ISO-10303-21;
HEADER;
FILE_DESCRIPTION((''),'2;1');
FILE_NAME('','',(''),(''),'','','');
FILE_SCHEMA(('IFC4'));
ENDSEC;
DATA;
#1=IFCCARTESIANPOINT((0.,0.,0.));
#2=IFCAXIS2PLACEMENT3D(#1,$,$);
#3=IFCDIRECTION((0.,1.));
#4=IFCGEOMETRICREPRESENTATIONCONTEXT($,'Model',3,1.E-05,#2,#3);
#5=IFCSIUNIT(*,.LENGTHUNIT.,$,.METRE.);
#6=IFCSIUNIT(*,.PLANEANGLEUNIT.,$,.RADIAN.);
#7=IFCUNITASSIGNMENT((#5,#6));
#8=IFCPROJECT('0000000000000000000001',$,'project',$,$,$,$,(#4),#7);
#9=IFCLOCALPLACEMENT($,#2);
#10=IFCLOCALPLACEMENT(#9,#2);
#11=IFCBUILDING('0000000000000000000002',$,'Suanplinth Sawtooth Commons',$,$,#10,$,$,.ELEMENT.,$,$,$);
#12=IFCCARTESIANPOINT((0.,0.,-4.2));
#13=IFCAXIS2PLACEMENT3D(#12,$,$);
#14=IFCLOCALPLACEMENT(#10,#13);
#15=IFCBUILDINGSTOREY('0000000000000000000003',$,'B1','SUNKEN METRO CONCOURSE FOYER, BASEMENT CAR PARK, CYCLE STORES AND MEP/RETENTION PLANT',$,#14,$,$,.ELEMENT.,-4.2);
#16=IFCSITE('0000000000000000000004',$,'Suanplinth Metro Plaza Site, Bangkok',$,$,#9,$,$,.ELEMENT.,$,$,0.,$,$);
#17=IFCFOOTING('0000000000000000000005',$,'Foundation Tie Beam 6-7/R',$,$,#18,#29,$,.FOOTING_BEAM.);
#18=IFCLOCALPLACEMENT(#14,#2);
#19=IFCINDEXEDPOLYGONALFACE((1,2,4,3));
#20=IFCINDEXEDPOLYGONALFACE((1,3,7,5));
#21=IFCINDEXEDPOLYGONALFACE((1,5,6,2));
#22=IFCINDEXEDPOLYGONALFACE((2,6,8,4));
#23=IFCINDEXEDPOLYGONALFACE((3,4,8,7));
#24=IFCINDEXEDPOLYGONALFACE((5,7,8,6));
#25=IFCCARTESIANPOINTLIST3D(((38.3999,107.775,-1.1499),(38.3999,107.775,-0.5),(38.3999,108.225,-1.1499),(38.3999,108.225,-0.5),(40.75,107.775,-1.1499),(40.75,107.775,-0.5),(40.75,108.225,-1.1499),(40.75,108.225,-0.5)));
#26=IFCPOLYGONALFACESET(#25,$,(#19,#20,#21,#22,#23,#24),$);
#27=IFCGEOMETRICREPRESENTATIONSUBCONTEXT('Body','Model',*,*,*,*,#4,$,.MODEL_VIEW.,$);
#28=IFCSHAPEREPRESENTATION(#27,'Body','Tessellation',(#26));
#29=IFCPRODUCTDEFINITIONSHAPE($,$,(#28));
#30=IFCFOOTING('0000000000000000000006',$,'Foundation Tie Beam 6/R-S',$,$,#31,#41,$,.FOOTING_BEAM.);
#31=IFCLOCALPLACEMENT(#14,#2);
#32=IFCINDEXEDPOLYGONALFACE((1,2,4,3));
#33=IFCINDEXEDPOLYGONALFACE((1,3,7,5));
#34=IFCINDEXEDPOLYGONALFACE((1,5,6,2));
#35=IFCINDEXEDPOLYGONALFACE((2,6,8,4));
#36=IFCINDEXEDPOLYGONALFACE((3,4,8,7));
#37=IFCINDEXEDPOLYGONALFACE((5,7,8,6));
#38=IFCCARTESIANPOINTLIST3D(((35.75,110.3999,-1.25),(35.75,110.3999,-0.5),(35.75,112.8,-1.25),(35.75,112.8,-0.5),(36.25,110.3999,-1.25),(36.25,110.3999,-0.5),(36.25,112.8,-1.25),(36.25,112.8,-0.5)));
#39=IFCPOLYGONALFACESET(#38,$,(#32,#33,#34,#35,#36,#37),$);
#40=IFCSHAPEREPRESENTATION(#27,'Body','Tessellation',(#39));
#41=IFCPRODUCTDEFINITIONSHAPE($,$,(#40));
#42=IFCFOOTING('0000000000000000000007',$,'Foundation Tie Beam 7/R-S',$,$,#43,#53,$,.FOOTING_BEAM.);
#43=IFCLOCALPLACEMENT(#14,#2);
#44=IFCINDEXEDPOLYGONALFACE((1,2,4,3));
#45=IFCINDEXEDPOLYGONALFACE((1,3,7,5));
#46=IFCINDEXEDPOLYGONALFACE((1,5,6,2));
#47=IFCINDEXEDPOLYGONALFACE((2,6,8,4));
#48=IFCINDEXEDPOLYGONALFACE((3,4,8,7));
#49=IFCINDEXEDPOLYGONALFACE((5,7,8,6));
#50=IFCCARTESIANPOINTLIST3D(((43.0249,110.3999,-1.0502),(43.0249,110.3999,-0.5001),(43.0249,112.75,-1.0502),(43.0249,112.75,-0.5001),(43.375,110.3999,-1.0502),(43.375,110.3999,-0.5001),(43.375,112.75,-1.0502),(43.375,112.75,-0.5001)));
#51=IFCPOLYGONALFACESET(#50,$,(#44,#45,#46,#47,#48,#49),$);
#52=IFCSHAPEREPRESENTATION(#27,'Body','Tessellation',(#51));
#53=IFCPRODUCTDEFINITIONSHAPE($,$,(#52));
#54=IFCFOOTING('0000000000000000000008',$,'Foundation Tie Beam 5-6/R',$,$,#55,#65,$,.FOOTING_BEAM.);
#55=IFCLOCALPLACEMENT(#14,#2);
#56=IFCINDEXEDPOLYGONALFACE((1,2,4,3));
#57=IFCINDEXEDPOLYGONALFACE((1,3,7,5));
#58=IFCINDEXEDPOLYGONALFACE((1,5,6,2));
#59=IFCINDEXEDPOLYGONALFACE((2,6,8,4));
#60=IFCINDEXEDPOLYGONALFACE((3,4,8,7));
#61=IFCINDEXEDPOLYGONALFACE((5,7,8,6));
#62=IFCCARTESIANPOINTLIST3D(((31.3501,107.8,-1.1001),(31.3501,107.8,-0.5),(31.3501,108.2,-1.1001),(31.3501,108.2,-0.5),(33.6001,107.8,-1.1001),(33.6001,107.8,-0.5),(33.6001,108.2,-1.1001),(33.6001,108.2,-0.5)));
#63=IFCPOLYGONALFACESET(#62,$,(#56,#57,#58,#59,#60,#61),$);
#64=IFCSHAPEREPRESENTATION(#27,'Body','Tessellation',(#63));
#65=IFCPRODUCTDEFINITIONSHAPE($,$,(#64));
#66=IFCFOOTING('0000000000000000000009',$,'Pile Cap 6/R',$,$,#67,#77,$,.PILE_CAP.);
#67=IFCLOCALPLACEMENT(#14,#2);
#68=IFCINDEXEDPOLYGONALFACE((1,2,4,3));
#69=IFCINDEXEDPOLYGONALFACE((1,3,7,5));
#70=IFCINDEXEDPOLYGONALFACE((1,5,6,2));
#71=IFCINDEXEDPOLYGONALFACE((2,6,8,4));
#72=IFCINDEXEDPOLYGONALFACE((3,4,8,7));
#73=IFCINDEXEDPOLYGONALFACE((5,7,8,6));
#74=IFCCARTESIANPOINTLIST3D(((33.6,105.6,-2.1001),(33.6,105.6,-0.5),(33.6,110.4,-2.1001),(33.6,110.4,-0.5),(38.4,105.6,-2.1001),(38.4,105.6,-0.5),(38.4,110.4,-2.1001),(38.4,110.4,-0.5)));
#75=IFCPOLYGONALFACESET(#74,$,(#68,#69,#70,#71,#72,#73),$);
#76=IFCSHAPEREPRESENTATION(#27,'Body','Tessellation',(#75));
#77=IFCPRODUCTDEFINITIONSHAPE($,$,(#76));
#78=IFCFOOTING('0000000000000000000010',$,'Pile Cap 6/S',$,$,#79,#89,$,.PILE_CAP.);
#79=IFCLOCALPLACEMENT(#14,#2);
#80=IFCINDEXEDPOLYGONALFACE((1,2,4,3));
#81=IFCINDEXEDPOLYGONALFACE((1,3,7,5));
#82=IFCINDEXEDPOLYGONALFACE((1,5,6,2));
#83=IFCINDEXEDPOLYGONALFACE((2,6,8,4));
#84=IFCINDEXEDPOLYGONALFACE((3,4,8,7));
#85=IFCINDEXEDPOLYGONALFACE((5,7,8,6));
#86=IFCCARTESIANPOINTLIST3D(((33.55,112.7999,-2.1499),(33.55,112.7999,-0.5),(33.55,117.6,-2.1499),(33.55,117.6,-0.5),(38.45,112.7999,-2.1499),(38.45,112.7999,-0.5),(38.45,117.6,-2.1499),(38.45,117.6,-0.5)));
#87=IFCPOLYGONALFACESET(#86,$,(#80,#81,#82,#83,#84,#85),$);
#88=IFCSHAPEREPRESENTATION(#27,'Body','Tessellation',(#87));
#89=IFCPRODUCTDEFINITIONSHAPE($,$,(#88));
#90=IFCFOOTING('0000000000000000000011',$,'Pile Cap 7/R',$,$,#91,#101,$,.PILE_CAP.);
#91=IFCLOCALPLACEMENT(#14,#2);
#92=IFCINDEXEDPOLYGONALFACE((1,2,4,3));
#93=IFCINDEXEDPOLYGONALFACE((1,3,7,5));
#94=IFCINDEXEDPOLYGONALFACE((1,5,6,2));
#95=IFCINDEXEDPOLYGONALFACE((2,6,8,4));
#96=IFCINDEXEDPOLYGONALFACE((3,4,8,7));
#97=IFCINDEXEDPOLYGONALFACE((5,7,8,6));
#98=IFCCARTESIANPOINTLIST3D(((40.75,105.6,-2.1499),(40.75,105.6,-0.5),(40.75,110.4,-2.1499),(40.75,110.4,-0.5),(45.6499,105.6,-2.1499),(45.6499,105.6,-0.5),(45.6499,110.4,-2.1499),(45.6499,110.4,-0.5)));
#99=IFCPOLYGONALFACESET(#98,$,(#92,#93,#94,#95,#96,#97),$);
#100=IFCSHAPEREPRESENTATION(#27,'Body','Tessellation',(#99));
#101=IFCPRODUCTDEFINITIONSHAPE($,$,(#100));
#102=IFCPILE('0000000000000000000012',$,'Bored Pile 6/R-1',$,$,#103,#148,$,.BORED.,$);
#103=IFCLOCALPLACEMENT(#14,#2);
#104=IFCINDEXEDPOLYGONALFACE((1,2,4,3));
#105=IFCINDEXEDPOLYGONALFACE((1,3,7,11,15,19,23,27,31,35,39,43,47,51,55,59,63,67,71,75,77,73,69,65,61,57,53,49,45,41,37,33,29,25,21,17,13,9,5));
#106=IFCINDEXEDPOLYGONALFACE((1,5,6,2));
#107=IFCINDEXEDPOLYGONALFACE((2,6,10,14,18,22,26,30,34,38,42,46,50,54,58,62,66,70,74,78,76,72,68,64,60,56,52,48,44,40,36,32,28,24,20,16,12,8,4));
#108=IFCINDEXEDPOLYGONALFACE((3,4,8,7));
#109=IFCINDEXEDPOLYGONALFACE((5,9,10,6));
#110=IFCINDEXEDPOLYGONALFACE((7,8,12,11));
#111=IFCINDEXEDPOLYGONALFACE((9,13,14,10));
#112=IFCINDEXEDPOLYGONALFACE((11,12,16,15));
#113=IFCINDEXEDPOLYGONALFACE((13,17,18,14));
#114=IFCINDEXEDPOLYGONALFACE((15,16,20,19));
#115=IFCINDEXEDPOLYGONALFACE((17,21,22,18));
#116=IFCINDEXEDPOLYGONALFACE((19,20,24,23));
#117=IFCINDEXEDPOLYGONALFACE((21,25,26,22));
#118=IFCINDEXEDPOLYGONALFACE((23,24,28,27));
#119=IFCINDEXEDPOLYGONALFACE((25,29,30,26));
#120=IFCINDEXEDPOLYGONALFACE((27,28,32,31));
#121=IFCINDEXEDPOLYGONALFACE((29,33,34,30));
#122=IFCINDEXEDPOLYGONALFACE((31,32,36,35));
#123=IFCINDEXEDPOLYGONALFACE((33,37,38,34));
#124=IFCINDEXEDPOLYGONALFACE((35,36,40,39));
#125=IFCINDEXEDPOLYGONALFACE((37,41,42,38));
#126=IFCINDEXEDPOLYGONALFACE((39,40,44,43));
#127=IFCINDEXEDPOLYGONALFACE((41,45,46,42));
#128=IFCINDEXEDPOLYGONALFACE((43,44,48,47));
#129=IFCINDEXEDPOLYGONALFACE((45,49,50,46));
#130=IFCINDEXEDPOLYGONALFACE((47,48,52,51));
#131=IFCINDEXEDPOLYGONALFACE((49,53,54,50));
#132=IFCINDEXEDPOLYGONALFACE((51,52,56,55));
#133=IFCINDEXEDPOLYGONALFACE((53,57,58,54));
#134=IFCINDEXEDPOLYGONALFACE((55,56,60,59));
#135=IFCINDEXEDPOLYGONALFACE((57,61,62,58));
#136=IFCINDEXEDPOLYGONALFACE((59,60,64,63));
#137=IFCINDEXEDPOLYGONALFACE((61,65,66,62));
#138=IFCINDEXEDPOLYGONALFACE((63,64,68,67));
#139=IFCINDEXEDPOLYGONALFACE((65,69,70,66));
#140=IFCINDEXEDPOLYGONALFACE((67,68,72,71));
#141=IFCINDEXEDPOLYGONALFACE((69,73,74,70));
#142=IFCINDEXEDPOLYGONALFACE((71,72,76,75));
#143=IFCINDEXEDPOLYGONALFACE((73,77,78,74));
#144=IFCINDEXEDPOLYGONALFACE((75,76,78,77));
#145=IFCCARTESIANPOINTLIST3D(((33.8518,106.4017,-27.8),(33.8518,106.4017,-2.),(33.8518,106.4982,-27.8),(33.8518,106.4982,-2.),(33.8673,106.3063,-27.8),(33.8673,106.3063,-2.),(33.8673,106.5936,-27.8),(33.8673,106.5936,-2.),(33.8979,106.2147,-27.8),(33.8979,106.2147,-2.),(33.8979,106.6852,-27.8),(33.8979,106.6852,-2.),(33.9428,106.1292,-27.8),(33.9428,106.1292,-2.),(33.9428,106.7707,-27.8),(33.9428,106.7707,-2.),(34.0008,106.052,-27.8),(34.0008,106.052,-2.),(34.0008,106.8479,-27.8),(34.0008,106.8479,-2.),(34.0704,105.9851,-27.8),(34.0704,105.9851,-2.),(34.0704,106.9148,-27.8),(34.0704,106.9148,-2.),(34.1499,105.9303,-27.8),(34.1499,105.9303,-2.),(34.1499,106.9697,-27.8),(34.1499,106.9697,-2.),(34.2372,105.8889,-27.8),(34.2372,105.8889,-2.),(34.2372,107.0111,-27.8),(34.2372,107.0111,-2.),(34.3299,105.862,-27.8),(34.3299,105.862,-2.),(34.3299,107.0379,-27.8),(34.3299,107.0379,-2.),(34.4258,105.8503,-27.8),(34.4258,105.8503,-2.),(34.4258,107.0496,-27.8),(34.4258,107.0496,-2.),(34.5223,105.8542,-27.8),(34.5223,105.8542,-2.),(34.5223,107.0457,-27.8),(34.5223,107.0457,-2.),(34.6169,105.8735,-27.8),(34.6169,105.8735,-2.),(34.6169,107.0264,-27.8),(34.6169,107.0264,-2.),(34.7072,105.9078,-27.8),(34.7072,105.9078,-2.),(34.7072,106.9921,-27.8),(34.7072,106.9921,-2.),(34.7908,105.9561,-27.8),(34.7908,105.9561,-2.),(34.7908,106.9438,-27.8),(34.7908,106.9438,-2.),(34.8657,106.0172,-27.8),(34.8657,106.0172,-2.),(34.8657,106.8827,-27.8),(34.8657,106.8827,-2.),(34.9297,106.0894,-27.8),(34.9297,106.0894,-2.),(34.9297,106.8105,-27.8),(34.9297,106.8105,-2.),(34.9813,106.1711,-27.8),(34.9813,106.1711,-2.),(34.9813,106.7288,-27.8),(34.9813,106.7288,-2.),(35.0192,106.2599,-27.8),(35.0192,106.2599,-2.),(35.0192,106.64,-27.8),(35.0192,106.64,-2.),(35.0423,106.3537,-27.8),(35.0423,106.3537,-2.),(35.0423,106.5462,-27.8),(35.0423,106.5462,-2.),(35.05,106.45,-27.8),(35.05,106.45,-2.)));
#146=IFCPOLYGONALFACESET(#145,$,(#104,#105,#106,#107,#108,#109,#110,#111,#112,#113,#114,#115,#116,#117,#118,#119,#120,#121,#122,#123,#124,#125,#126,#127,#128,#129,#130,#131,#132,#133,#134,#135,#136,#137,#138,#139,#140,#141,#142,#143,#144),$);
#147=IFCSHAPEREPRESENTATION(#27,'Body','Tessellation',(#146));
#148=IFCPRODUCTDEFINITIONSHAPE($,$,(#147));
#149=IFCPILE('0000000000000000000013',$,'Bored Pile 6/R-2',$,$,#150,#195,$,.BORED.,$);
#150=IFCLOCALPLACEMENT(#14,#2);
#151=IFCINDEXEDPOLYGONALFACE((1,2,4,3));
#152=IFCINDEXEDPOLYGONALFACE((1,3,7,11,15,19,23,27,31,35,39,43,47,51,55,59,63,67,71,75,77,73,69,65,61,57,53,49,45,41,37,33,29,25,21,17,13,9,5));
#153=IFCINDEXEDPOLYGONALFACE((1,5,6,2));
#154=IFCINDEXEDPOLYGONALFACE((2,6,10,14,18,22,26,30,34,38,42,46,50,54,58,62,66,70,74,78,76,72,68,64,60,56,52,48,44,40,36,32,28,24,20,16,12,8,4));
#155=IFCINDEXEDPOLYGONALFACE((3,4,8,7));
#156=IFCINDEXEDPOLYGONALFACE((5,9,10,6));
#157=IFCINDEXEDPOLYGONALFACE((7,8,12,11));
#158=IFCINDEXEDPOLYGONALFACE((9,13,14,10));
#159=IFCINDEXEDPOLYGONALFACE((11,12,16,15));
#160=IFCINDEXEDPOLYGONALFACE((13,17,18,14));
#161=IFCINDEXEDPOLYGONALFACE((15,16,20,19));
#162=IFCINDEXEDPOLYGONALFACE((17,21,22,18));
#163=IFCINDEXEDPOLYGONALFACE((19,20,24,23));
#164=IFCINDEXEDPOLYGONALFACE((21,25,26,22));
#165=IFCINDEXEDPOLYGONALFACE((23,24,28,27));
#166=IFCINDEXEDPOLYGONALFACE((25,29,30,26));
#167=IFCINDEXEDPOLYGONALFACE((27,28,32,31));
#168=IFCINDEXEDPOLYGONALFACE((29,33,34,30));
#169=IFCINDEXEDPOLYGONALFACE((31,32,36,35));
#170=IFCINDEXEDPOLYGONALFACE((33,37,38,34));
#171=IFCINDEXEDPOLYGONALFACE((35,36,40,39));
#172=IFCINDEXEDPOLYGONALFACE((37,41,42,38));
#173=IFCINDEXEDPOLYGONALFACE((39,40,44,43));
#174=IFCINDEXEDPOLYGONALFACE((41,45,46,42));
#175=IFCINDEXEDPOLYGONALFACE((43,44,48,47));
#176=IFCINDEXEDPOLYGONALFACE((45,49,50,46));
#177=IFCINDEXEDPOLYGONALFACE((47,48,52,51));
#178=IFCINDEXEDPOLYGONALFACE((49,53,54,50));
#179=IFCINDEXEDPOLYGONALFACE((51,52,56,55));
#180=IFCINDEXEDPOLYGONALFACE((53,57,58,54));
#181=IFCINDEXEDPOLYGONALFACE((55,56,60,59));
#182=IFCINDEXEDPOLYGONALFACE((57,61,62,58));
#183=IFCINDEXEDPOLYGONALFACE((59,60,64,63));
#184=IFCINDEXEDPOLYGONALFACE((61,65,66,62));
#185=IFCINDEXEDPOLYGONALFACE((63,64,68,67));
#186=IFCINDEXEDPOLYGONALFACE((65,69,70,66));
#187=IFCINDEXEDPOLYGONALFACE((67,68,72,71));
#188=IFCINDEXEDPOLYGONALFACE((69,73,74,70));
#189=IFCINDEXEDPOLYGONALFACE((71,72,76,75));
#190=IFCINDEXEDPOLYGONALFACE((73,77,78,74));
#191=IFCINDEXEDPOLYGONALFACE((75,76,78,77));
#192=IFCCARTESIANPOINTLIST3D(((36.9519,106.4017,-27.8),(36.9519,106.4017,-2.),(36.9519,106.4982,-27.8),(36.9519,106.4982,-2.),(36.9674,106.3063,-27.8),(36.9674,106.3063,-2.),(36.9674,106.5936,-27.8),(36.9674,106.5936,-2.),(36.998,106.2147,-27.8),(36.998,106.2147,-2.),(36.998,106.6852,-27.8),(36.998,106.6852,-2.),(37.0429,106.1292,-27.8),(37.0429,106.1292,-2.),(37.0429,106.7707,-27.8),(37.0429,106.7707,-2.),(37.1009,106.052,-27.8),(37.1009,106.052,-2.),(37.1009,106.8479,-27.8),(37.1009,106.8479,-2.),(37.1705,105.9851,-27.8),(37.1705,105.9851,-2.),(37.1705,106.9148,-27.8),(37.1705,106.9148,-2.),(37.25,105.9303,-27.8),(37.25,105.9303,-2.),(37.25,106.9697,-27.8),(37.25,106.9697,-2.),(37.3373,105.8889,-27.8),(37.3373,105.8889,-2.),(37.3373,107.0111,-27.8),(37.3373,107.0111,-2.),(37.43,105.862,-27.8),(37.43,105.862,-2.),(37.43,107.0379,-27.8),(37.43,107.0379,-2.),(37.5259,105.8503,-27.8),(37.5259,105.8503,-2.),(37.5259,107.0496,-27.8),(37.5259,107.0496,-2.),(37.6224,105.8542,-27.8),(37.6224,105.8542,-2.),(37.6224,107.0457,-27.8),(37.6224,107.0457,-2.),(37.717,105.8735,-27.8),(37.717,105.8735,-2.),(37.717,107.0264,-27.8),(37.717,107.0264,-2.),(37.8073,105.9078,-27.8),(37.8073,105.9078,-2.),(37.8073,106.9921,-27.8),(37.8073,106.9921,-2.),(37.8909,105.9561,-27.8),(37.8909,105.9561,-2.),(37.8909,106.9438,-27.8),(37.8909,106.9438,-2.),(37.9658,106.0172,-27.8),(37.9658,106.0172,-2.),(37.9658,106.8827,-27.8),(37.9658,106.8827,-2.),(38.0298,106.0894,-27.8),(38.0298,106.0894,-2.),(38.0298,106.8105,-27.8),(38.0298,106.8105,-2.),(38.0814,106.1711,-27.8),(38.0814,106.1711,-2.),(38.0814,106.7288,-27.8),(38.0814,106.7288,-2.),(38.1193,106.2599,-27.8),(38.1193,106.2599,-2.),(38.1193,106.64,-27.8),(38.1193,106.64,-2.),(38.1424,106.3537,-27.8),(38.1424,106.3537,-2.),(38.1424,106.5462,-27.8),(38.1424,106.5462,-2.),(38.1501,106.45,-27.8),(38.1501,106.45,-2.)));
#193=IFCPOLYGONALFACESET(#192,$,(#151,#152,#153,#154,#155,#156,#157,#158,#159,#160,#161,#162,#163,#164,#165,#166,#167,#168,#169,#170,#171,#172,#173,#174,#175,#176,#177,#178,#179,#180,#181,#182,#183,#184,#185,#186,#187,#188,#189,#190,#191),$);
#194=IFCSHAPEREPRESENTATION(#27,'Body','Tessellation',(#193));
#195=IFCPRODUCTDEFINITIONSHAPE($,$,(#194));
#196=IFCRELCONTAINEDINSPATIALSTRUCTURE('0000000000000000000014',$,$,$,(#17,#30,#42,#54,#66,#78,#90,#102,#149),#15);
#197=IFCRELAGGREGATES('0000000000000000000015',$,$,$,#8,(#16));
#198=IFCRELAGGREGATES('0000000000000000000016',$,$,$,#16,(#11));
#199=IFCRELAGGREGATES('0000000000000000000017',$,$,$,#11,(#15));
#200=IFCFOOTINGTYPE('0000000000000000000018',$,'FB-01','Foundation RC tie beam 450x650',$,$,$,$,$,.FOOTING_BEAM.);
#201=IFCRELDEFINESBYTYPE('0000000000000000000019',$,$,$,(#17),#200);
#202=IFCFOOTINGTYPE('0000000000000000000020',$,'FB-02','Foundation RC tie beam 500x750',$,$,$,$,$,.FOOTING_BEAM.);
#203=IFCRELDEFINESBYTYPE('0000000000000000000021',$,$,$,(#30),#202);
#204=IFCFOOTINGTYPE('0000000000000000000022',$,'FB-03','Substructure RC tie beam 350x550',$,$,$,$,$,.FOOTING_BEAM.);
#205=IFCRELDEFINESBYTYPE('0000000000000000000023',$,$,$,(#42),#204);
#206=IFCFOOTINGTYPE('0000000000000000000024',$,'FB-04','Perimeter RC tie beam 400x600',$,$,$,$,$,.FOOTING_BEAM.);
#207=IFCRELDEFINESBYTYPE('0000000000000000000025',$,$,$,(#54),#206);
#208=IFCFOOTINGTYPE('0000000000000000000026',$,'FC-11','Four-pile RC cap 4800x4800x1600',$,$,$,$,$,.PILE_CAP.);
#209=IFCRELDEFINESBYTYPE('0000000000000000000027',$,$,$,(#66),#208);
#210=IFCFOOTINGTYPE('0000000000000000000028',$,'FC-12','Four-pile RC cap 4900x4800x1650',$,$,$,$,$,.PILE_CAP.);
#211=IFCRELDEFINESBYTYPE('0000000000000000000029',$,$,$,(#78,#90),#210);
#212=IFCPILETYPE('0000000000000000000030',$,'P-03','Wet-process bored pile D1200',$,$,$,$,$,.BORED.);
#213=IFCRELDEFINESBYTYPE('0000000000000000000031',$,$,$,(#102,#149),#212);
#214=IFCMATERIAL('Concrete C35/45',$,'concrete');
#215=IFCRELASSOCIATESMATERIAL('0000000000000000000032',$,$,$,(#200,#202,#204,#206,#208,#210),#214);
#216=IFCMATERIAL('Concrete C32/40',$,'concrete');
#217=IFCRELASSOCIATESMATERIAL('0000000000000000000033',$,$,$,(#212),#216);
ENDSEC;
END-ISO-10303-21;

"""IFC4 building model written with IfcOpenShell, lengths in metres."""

from ifc_helpers import new_model, si_unit, direction, frame, origin, origin_2d, place, context, subcontext, project, spatial, rectangle, circle, extrude, material, material_profile, profile_set, type_object, element, save


model = new_model("IFC4")

# Units and contexts
model_context = context("Model", 3, precision=1e-05, world=origin(), true_north=direction((0.0, 1.0)))
body_context = subcontext(model_context, "Body", "Model", "MODEL_VIEW")
ifc_project = project(units=[si_unit("LENGTHUNIT", "METRE"), si_unit("PLANEANGLEUNIT", "RADIAN")], contexts=[model_context])

# Site, building, storey
site_placement = place(None, origin())
site = spatial("IfcSite", under=ifc_project, at=site_placement, Name="Suanplinth Metro Plaza Site, Bangkok", CompositionType="ELEMENT", RefElevation=0.0)
building_placement = place(site_placement, origin())
building = spatial("IfcBuilding", under=site, at=building_placement, Name="Suanplinth Sawtooth Commons", CompositionType="ELEMENT")
storey_placement = place(building_placement, frame((0.0, 0.0, -4.2)))
storey = spatial("IfcBuildingStorey", under=building, at=storey_placement, Name="B1", Description="SUNKEN METRO CONCOURSE FOYER, BASEMENT CAR PARK, CYCLE STORES AND MEP/RETENTION PLANT", CompositionType="ELEMENT", Elevation=-4.2)

# Footings
ifc_material_1 = material(Name="Concrete C35/45", Category="concrete")
ifc_material_profile_1 = material_profile(ifc_material_1, rectangle(XDim=0.45, YDim=0.6499, at=origin_2d()), Name="PC-GDR 450x650")
ifc_profile_set_1 = profile_set([ifc_material_profile_1], Name="Concrete C35/45")
footing_type_1 = type_object("IfcFootingType", Name="FB-01", Description="Foundation RC tie beam 450x650", PredefinedType="FOOTING_BEAM", material=ifc_profile_set_1)
footing_1_placement = place(storey_placement, frame((38.3999, 108.0, -0.825), z_axis=(1.0, 0.0, 0.0), x_axis=(0.0, 1.0, 0.0)))
element("IfcFooting", 1, at=footing_1_placement, inside=storey, type_object=footing_type_1, Name="Foundation Tie Beam 6-7/R", PredefinedType="FOOTING_BEAM", context=body_context, shape_type="SweptSolid", body=[
    extrude(rectangle(XDim=0.45, YDim=0.6499, at=origin_2d()), origin(), (0.0, 0.0, 1.0), 2.3501),
])
ifc_material_profile_2 = material_profile(ifc_material_1, rectangle(XDim=0.5, YDim=0.75, at=origin_2d()), Name="RC-GDR 500x750")
ifc_profile_set_2 = profile_set([ifc_material_profile_2], Name="Concrete C35/45")
footing_type_2 = type_object("IfcFootingType", Name="FB-02", Description="Foundation RC tie beam 500x750", PredefinedType="FOOTING_BEAM", material=ifc_profile_set_2)
footing_2_placement = place(storey_placement, frame((36.0, 110.3999, -0.875), z_axis=(0.0, 1.0, 0.0), x_axis=(-1.0, 0.0, 0.0)))
element("IfcFooting", 2, at=footing_2_placement, inside=storey, type_object=footing_type_2, Name="Foundation Tie Beam 6/R-S", PredefinedType="FOOTING_BEAM", context=body_context, shape_type="SweptSolid", body=[
    extrude(rectangle(XDim=0.5, YDim=0.75, at=origin_2d()), origin(), (0.0, 0.0, 1.0), 2.4001),
])
ifc_material_profile_3 = material_profile(ifc_material_1, rectangle(XDim=0.3501, YDim=0.55, at=origin_2d()), Name="PC-BM 350x550")
ifc_profile_set_3 = profile_set([ifc_material_profile_3], Name="Concrete C35/45")
footing_type_3 = type_object("IfcFootingType", Name="FB-03", Description="Substructure RC tie beam 350x550", PredefinedType="FOOTING_BEAM", material=ifc_profile_set_3)
footing_3_placement = place(storey_placement, frame((43.2, 110.3999, -0.7751), z_axis=(0.0, 1.0, 0.0), x_axis=(-1.0, 0.0, 0.0)))
element("IfcFooting", 3, at=footing_3_placement, inside=storey, type_object=footing_type_3, Name="Foundation Tie Beam 7/R-S", PredefinedType="FOOTING_BEAM", context=body_context, shape_type="SweptSolid", body=[
    extrude(rectangle(XDim=0.3501, YDim=0.55, at=origin_2d()), origin(), (0.0, 0.0, 1.0), 2.3501),
])
ifc_material_profile_4 = material_profile(ifc_material_1, rectangle(XDim=0.3999, YDim=0.6001, at=origin_2d()), Name="PC-GDR 400x600")
ifc_profile_set_4 = profile_set([ifc_material_profile_4], Name="Concrete C35/45")
footing_type_4 = type_object("IfcFootingType", Name="FB-04", Description="Perimeter RC tie beam 400x600", PredefinedType="FOOTING_BEAM", material=ifc_profile_set_4)
footing_4_placement = place(storey_placement, frame((31.3501, 108.0, -0.8), z_axis=(1.0, 0.0, 0.0), x_axis=(0.0, 1.0, 0.0)))
element("IfcFooting", 4, at=footing_4_placement, inside=storey, type_object=footing_type_4, Name="Foundation Tie Beam 5-6/R", PredefinedType="FOOTING_BEAM", context=body_context, shape_type="SweptSolid", body=[
    extrude(rectangle(XDim=0.3999, YDim=0.6001, at=origin_2d()), origin(), (0.0, 0.0, 1.0), 2.25),
])
footing_type_5 = type_object("IfcFootingType", Name="FC-11", Description="Four-pile RC cap 4800x4800x1600", PredefinedType="PILE_CAP", material=ifc_material_1)
footing_5_placement = place(storey_placement, frame((36.0, 108.0, -2.1001), z_axis=(0.0, 0.0, 1.0), x_axis=(1.0, 0.0, 0.0)))
element("IfcFooting", 5, at=footing_5_placement, inside=storey, type_object=footing_type_5, Name="Pile Cap 6/R", PredefinedType="PILE_CAP", context=body_context, shape_type="SweptSolid", body=[
    extrude(rectangle(XDim=4.8, YDim=4.8, at=origin_2d()), origin(), (0.0, 0.0, 1.0), 1.6001),
])
footing_type_6 = type_object("IfcFootingType", Name="FC-12", Description="Four-pile RC cap 4900x4800x1650", PredefinedType="PILE_CAP", material=ifc_material_1)
for number, where, z_axis, x_axis, name in (
    (6, (36.0, 115.2, -2.1499), (0.0, 0.0, 1.0), (1.0, 0.0, 0.0), "Pile Cap 6/S"),
    (7, (43.2, 108.0, -2.1499), (0.0, 0.0, 1.0), (1.0, 0.0, 0.0), "Pile Cap 7/R"),
):
    element("IfcFooting", number, at=place(storey_placement, frame(where, z_axis=z_axis, x_axis=x_axis)), inside=storey, type_object=footing_type_6, Name=name, PredefinedType="PILE_CAP", context=body_context, shape_type="SweptSolid", body=[
        extrude(rectangle(XDim=4.8999, YDim=4.8, at=origin_2d()), origin(), (0.0, 0.0, 1.0), 1.6499),
    ])

# Piles
ifc_material_2 = material(Name="Concrete C32/40", Category="concrete")
ifc_material_profile_5 = material_profile(ifc_material_2, circle(Radius=0.6001, at=origin_2d()), Name="PILE D1200")
ifc_profile_set_5 = profile_set([ifc_material_profile_5], Name="Concrete C32/40")
pile_type = type_object("IfcPileType", Name="P-03", Description="Wet-process bored pile D1200", PredefinedType="BORED", material=ifc_profile_set_5)
for number, where, z_axis, x_axis, name in (
    (8, (34.45, 106.45, -2.0), (0.0, 0.0, -1.0), (1.0, 0.0, 0.0), "Bored Pile 6/R-1"),
    (9, (37.55, 106.45, -2.0), (0.0, 0.0, -1.0), (1.0, 0.0, 0.0), "Bored Pile 6/R-2"),
):
    element("IfcPile", number, at=place(storey_placement, frame(where, z_axis=z_axis, x_axis=x_axis)), inside=storey, type_object=pile_type, Name=name, PredefinedType="BORED", context=body_context, shape_type="SweptSolid", body=[
        extrude(circle(Radius=0.6001, at=origin_2d()), origin(), (0.0, 0.0, 1.0), 25.8),
    ])

save(model, "model.ifc")
